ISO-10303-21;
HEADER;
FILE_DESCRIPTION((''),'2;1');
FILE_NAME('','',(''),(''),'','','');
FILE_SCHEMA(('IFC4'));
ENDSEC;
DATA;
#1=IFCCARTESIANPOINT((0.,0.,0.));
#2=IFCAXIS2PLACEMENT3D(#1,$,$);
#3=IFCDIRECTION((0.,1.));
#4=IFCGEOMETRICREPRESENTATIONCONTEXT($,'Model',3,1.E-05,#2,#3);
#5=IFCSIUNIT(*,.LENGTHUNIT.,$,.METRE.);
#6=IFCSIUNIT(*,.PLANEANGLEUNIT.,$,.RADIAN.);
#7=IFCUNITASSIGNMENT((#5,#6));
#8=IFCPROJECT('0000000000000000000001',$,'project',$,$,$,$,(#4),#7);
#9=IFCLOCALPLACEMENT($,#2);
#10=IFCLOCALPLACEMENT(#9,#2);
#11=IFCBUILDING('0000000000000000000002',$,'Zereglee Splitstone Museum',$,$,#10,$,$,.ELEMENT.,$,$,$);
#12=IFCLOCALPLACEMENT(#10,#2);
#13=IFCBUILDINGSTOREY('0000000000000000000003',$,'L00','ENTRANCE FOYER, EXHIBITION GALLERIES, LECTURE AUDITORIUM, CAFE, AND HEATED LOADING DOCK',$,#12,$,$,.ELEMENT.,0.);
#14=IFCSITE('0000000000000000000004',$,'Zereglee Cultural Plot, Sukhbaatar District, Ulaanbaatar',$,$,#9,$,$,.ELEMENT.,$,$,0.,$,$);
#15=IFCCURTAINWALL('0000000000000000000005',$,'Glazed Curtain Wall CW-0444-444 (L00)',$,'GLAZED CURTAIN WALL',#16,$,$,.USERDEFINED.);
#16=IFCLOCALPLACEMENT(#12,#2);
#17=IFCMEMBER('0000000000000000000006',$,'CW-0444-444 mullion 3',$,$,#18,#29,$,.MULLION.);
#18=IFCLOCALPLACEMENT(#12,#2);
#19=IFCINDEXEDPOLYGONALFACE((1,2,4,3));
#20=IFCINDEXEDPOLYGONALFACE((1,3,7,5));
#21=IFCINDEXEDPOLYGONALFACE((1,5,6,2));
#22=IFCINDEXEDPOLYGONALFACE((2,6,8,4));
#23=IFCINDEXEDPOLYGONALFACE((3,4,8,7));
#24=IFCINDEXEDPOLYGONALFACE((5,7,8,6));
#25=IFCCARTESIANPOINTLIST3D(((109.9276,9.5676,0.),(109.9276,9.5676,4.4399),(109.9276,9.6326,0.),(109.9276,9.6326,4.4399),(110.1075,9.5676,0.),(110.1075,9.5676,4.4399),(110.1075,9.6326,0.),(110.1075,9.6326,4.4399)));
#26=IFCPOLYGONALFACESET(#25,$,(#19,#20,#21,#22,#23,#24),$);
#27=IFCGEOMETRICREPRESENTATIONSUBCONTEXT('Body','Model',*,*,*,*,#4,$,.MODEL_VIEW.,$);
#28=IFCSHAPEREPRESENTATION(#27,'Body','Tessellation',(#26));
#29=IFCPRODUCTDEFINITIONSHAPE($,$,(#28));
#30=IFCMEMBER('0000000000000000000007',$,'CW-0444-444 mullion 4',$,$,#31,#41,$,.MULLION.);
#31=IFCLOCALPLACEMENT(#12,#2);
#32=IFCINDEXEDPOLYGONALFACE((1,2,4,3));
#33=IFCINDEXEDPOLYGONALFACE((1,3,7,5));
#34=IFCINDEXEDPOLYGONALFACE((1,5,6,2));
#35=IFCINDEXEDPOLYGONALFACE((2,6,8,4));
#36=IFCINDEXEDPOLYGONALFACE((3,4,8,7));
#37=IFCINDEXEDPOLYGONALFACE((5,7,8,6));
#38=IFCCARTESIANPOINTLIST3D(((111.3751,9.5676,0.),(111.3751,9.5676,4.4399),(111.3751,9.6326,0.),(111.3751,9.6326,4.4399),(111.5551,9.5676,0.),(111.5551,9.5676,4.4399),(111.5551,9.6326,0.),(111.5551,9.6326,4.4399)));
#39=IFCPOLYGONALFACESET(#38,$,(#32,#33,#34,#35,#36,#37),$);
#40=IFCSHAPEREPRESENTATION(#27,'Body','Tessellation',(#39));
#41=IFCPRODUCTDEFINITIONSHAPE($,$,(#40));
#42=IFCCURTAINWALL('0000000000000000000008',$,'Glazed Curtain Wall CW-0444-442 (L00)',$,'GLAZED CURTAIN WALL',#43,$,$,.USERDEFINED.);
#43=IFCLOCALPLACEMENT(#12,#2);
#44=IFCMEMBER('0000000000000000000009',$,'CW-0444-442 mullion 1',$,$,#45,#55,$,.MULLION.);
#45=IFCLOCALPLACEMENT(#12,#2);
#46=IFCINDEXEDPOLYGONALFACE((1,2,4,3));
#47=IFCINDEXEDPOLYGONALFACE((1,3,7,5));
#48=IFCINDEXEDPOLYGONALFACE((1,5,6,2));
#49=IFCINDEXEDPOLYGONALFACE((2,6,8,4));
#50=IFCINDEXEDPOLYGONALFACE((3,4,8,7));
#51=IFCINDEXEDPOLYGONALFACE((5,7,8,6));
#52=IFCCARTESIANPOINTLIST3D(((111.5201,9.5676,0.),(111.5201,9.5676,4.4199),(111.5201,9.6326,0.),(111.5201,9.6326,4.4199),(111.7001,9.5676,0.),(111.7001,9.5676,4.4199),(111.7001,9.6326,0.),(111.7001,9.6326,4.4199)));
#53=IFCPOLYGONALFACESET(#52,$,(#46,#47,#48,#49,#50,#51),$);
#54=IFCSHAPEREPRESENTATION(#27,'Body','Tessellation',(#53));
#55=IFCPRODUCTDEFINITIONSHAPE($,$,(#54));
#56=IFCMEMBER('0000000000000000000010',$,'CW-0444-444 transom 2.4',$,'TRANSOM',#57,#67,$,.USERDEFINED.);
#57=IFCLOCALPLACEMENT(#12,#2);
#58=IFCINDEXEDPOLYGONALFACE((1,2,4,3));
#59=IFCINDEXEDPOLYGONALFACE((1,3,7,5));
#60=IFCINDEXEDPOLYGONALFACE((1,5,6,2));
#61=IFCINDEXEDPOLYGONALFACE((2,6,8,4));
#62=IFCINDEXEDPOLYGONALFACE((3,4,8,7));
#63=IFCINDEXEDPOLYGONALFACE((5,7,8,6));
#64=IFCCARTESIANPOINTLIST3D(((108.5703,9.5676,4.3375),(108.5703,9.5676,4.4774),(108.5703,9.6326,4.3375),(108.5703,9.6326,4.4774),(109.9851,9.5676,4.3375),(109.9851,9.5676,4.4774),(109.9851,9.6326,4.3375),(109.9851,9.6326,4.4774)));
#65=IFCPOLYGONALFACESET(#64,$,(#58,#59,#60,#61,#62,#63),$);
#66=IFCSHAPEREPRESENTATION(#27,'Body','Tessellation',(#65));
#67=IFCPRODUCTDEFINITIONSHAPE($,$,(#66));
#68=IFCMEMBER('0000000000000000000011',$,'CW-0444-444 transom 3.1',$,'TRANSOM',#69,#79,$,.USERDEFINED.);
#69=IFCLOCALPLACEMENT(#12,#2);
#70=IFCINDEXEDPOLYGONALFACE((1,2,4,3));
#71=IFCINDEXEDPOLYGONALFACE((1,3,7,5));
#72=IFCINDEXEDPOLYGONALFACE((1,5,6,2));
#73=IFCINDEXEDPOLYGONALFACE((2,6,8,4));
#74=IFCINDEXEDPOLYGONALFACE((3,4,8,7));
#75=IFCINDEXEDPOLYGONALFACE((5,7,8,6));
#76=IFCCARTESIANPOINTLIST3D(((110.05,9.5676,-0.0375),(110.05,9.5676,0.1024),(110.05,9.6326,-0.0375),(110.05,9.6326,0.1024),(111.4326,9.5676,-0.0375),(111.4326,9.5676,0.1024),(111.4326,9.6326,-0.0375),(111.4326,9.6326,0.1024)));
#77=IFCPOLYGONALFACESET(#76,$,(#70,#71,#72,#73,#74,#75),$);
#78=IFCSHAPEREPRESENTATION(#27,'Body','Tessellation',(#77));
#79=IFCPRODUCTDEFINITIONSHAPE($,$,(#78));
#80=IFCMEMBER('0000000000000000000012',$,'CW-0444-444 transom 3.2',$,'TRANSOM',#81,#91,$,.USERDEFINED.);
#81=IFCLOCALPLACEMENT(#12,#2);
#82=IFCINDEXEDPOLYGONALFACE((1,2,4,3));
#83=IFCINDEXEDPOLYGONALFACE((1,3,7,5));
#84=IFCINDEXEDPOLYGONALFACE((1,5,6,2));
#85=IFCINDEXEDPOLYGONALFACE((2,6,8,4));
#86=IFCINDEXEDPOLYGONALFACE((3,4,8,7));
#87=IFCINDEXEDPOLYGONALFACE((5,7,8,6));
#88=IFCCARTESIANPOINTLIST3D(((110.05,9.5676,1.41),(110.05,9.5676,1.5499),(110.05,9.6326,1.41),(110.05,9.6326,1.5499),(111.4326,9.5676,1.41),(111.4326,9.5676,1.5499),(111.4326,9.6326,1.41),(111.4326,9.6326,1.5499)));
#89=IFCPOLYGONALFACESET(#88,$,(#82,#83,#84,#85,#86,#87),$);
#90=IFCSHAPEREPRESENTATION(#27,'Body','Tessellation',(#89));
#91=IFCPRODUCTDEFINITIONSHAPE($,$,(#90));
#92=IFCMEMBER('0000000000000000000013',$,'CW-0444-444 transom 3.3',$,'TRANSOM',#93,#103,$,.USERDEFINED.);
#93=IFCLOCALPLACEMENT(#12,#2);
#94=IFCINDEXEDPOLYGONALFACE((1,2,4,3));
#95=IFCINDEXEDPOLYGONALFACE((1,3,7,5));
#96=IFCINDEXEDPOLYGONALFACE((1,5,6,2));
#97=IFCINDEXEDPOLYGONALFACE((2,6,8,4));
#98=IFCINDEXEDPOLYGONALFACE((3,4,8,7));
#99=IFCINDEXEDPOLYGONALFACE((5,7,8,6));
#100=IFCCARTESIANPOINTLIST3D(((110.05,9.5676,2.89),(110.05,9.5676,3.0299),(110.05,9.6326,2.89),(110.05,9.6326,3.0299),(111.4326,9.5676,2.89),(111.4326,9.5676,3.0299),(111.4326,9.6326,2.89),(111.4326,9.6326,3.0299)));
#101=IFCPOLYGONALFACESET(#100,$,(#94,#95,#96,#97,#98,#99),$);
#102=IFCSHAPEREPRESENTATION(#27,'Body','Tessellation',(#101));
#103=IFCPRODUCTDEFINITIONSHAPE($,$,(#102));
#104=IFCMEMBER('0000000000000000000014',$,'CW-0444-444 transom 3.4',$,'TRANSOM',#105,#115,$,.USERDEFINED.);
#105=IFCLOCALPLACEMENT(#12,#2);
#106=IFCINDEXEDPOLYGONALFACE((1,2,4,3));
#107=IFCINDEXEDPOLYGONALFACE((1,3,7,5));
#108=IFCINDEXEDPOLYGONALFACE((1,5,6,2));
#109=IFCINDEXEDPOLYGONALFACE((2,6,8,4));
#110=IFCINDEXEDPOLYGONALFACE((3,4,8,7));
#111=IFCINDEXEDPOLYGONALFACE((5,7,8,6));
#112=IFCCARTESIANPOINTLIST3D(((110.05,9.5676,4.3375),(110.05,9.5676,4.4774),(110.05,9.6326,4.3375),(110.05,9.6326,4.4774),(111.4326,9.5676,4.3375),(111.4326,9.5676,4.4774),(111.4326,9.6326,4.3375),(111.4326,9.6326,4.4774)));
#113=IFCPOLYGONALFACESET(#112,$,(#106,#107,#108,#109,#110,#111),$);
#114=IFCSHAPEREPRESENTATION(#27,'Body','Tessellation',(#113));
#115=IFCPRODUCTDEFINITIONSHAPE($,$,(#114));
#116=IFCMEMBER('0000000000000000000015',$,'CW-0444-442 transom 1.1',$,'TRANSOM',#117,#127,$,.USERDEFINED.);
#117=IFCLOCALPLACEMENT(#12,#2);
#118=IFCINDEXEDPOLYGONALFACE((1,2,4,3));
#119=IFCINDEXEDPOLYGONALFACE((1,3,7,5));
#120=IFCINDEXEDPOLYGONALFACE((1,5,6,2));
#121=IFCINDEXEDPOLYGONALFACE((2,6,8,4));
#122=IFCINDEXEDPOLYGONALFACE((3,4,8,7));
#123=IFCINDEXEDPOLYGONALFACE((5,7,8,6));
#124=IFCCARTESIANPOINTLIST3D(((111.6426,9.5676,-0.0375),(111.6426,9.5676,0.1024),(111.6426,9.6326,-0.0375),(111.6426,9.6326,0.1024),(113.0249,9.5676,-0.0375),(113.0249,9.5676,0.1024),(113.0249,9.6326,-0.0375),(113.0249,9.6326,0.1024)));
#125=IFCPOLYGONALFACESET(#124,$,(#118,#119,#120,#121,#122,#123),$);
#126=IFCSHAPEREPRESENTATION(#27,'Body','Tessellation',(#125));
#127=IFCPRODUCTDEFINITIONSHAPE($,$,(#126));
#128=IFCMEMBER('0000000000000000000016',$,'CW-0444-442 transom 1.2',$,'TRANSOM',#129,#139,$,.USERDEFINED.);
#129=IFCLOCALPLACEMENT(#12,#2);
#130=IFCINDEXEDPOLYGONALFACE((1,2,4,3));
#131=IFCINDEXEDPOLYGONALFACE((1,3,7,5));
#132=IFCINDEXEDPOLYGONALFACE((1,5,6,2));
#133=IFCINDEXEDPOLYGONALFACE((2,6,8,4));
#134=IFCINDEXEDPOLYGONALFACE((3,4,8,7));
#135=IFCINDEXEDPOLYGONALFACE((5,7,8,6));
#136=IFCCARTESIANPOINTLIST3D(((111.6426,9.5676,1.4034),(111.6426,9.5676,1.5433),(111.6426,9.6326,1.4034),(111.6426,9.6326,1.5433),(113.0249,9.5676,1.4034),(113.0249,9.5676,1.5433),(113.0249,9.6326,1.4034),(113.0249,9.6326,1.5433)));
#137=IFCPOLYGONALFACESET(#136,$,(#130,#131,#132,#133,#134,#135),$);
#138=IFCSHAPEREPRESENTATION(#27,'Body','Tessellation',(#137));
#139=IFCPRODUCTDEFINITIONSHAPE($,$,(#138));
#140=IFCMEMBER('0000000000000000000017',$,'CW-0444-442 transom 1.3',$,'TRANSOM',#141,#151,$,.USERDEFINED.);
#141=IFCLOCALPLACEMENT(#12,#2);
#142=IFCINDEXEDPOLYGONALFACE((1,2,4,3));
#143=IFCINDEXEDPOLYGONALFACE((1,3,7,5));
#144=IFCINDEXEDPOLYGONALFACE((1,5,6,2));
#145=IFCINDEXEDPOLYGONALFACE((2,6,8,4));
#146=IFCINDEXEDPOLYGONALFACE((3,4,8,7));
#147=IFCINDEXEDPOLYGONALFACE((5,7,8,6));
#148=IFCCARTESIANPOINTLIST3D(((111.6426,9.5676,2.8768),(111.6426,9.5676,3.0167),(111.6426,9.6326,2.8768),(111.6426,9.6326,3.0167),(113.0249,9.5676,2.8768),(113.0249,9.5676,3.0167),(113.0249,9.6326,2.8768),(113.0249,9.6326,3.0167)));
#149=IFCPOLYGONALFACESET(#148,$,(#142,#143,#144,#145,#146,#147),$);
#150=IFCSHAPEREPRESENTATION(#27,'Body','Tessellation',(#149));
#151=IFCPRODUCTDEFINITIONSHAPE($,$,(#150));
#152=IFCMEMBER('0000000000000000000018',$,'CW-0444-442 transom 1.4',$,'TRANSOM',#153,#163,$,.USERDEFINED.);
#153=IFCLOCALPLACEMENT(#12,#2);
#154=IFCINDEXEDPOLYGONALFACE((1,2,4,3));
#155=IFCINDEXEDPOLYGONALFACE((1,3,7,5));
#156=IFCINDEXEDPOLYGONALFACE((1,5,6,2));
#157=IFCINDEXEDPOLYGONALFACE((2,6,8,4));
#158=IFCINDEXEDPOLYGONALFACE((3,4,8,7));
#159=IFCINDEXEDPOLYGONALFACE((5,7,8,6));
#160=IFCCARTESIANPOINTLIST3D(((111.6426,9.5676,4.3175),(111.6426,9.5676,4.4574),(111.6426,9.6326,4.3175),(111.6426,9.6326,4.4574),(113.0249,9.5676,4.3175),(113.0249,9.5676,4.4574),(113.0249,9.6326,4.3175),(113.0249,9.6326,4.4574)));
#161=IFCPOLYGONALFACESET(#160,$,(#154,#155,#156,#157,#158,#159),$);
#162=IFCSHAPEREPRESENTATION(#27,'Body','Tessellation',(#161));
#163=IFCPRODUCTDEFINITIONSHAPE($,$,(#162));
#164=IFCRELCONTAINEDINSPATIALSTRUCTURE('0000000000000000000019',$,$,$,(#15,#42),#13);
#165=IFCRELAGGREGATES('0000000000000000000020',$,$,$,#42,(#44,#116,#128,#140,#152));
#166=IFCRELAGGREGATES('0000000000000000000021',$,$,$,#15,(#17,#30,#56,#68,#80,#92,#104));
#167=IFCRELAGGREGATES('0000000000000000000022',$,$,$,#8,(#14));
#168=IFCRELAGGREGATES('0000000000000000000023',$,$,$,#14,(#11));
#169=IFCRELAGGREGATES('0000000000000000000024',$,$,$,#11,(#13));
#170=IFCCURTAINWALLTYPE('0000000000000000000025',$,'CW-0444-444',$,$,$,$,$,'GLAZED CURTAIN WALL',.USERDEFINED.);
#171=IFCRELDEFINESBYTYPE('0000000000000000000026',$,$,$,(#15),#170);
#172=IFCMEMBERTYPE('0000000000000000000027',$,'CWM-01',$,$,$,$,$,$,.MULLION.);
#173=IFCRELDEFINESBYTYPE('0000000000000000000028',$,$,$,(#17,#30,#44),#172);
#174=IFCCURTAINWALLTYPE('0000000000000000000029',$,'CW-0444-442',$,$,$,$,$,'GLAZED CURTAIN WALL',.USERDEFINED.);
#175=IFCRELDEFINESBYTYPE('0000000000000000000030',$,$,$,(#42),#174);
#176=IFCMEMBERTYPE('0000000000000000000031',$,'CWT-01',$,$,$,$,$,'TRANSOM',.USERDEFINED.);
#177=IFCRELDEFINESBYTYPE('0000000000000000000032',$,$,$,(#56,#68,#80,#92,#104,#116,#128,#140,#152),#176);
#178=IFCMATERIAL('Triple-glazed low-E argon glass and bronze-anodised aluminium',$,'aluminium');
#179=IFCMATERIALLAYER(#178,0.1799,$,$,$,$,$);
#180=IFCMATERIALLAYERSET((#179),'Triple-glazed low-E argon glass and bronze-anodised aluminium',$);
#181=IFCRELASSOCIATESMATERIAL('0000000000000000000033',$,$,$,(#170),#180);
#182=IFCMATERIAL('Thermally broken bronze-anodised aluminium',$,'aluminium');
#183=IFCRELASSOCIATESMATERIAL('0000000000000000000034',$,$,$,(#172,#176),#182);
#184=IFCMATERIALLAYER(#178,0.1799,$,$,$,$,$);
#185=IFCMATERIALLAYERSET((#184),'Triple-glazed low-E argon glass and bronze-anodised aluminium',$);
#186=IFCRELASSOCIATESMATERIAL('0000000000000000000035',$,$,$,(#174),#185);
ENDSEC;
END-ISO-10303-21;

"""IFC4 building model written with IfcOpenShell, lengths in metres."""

from ifc_helpers import new_model, si_unit, direction, frame, origin, origin_2d, place, context, subcontext, project, spatial, rectangle, extrude, material, layer, layer_set, material_profile, profile_set, type_object, element, aggregate, save


model = new_model("IFC4")

# Units and contexts
model_context = context("Model", 3, precision=1e-05, world=origin(), true_north=direction((0.0, 1.0)))
body_context = subcontext(model_context, "Body", "Model", "MODEL_VIEW")
ifc_project = project(units=[si_unit("LENGTHUNIT", "METRE"), si_unit("PLANEANGLEUNIT", "RADIAN")], contexts=[model_context])

# Site, building, storey
site_placement = place(None, origin())
site = spatial("IfcSite", under=ifc_project, at=site_placement, Name="Zereglee Cultural Plot, Sukhbaatar District, Ulaanbaatar", CompositionType="ELEMENT", RefElevation=0.0)
building_placement = place(site_placement, origin())
building = spatial("IfcBuilding", under=site, at=building_placement, Name="Zereglee Splitstone Museum", CompositionType="ELEMENT")
storey_placement = place(building_placement, origin())
storey = spatial("IfcBuildingStorey", under=building, at=storey_placement, Name="L00", Description="ENTRANCE FOYER, EXHIBITION GALLERIES, LECTURE AUDITORIUM, CAFE, AND HEATED LOADING DOCK", CompositionType="ELEMENT", Elevation=0.0)

# Curtain wall, members
ifc_material_1 = material(Name="Triple-glazed low-E argon glass and bronze-anodised aluminium", Category="aluminium")
ifc_layer_1 = layer(ifc_material_1, 0.1799)
ifc_layer_set_1 = layer_set([ifc_layer_1], Name="Triple-glazed low-E argon glass and bronze-anodised aluminium")
curtain_wall_type_1 = type_object("IfcCurtainWallType", Name="CW-0444-444", ElementType="GLAZED CURTAIN WALL", PredefinedType="USERDEFINED", material=ifc_layer_set_1)
curtain_wall_1_placement = place(storey_placement, origin())
curtain_wall_1 = element("IfcCurtainWall", 1, at=curtain_wall_1_placement, inside=storey, type_object=curtain_wall_type_1, Name="Glazed Curtain Wall CW-0444-444 (L00)", ObjectType="GLAZED CURTAIN WALL", PredefinedType="USERDEFINED")
ifc_material_2 = material(Name="Thermally broken bronze-anodised aluminium", Category="aluminium")
ifc_material_profile_1 = material_profile(ifc_material_2, rectangle(XDim=0.0649, YDim=0.1799, at=origin_2d()), Name="CW MULL 65x180")
ifc_profile_set_1 = profile_set([ifc_material_profile_1], Name="Thermally broken bronze-anodised aluminium")
member_type_1 = type_object("IfcMemberType", Name="CWM-01", PredefinedType="MULLION", material=ifc_profile_set_1)
member_1_placement = place(storey_placement, frame((110.0176, 9.6001, 0.0), z_axis=(0.0, 0.0, 1.0), x_axis=(0.0, 1.0, 0.0)))
member_1 = element("IfcMember", 2, at=member_1_placement, type_object=member_type_1, Name="CW-0444-444 mullion 3", PredefinedType="MULLION", context=body_context, shape_type="SweptSolid", body=[
    extrude(rectangle(XDim=0.0649, YDim=0.1799, at=origin_2d()), origin(), (0.0, 0.0, 1.0), 4.4399),
])
member_2_placement = place(storey_placement, frame((111.4651, 9.6001, 0.0), z_axis=(0.0, 0.0, 1.0), x_axis=(0.0, 1.0, 0.0)))
member_2 = element("IfcMember", 3, at=member_2_placement, type_object=member_type_1, Name="CW-0444-444 mullion 4", PredefinedType="MULLION", context=body_context, shape_type="SweptSolid", body=[
    extrude(rectangle(XDim=0.0649, YDim=0.1799, at=origin_2d()), origin(), (0.0, 0.0, 1.0), 4.4399),
])

# Curtain wall, member
ifc_layer_2 = layer(ifc_material_1, 0.1799)
ifc_layer_set_2 = layer_set([ifc_layer_2], Name="Triple-glazed low-E argon glass and bronze-anodised aluminium")
curtain_wall_type_2 = type_object("IfcCurtainWallType", Name="CW-0444-442", ElementType="GLAZED CURTAIN WALL", PredefinedType="USERDEFINED", material=ifc_layer_set_2)
curtain_wall_2_placement = place(storey_placement, origin())
curtain_wall_2 = element("IfcCurtainWall", 4, at=curtain_wall_2_placement, inside=storey, type_object=curtain_wall_type_2, Name="Glazed Curtain Wall CW-0444-442 (L00)", ObjectType="GLAZED CURTAIN WALL", PredefinedType="USERDEFINED")
member_3_placement = place(storey_placement, frame((111.6101, 9.6001, 0.0), z_axis=(0.0, 0.0, 1.0), x_axis=(0.0, 1.0, 0.0)))
member_3 = element("IfcMember", 5, at=member_3_placement, type_object=member_type_1, Name="CW-0444-442 mullion 1", PredefinedType="MULLION", context=body_context, shape_type="SweptSolid", body=[
    extrude(rectangle(XDim=0.0649, YDim=0.1799, at=origin_2d()), origin(), (0.0, 0.0, 1.0), 4.4199),
])

# Members
ifc_material_profile_2 = material_profile(ifc_material_2, rectangle(XDim=0.0649, YDim=0.1399, at=origin_2d()), Name="CW TRAN 65x140")
ifc_profile_set_2 = profile_set([ifc_material_profile_2], Name="Thermally broken bronze-anodised aluminium")
member_type_2 = type_object("IfcMemberType", Name="CWT-01", ElementType="TRANSOM", PredefinedType="USERDEFINED", material=ifc_profile_set_2)
member_4_placement = place(storey_placement, frame((108.5703, 9.6001, 4.4075), z_axis=(1.0, 0.0, 0.0), x_axis=(0.0, 1.0, 0.0)))
member_4 = element("IfcMember", 6, at=member_4_placement, type_object=member_type_2, Name="CW-0444-444 transom 2.4", ObjectType="TRANSOM", PredefinedType="USERDEFINED", context=body_context, shape_type="SweptSolid", body=[
    extrude(rectangle(XDim=0.0649, YDim=0.1399, at=origin_2d()), origin(), (0.0, 0.0, 1.0), 1.4148),
])
member_5_placement = place(storey_placement, frame((110.05, 9.6001, 0.0325), z_axis=(1.0, 0.0, 0.0), x_axis=(0.0, 1.0, 0.0)))
member_5 = element("IfcMember", 7, at=member_5_placement, type_object=member_type_2, Name="CW-0444-444 transom 3.1", ObjectType="TRANSOM", PredefinedType="USERDEFINED", context=body_context, shape_type="SweptSolid", body=[
    extrude(rectangle(XDim=0.0649, YDim=0.1399, at=origin_2d()), origin(), (0.0, 0.0, 1.0), 1.3826),
])
member_6_placement = place(storey_placement, frame((110.05, 9.6001, 1.48), z_axis=(1.0, 0.0, 0.0), x_axis=(0.0, 1.0, 0.0)))
member_6 = element("IfcMember", 8, at=member_6_placement, type_object=member_type_2, Name="CW-0444-444 transom 3.2", ObjectType="TRANSOM", PredefinedType="USERDEFINED", context=body_context, shape_type="SweptSolid", body=[
    extrude(rectangle(XDim=0.0649, YDim=0.1399, at=origin_2d()), origin(), (0.0, 0.0, 1.0), 1.3826),
])
member_7_placement = place(storey_placement, frame((110.05, 9.6001, 2.96), z_axis=(1.0, 0.0, 0.0), x_axis=(0.0, 1.0, 0.0)))
member_7 = element("IfcMember", 9, at=member_7_placement, type_object=member_type_2, Name="CW-0444-444 transom 3.3", ObjectType="TRANSOM", PredefinedType="USERDEFINED", context=body_context, shape_type="SweptSolid", body=[
    extrude(rectangle(XDim=0.0649, YDim=0.1399, at=origin_2d()), origin(), (0.0, 0.0, 1.0), 1.3826),
])
member_8_placement = place(storey_placement, frame((110.05, 9.6001, 4.4075), z_axis=(1.0, 0.0, 0.0), x_axis=(0.0, 1.0, 0.0)))
member_8 = element("IfcMember", 10, at=member_8_placement, type_object=member_type_2, Name="CW-0444-444 transom 3.4", ObjectType="TRANSOM", PredefinedType="USERDEFINED", context=body_context, shape_type="SweptSolid", body=[
    extrude(rectangle(XDim=0.0649, YDim=0.1399, at=origin_2d()), origin(), (0.0, 0.0, 1.0), 1.3826),
])
member_9_placement = place(storey_placement, frame((111.6426, 9.6001, 0.0325), z_axis=(1.0, 0.0, 0.0), x_axis=(0.0, 1.0, 0.0)))
member_9 = element("IfcMember", 11, at=member_9_placement, type_object=member_type_2, Name="CW-0444-442 transom 1.1", ObjectType="TRANSOM", PredefinedType="USERDEFINED", context=body_context, shape_type="SweptSolid", body=[
    extrude(rectangle(XDim=0.0649, YDim=0.1399, at=origin_2d()), origin(), (0.0, 0.0, 1.0), 1.3823),
])
member_10_placement = place(storey_placement, frame((111.6426, 9.6001, 1.4734), z_axis=(1.0, 0.0, 0.0), x_axis=(0.0, 1.0, 0.0)))
member_10 = element("IfcMember", 12, at=member_10_placement, type_object=member_type_2, Name="CW-0444-442 transom 1.2", ObjectType="TRANSOM", PredefinedType="USERDEFINED", context=body_context, shape_type="SweptSolid", body=[
    extrude(rectangle(XDim=0.0649, YDim=0.1399, at=origin_2d()), origin(), (0.0, 0.0, 1.0), 1.3823),
])
member_11_placement = place(storey_placement, frame((111.6426, 9.6001, 2.9468), z_axis=(1.0, 0.0, 0.0), x_axis=(0.0, 1.0, 0.0)))
member_11 = element("IfcMember", 13, at=member_11_placement, type_object=member_type_2, Name="CW-0444-442 transom 1.3", ObjectType="TRANSOM", PredefinedType="USERDEFINED", context=body_context, shape_type="SweptSolid", body=[
    extrude(rectangle(XDim=0.0649, YDim=0.1399, at=origin_2d()), origin(), (0.0, 0.0, 1.0), 1.3823),
])
member_12_placement = place(storey_placement, frame((111.6426, 9.6001, 4.3875), z_axis=(1.0, 0.0, 0.0), x_axis=(0.0, 1.0, 0.0)))
member_12 = element("IfcMember", 14, at=member_12_placement, type_object=member_type_2, Name="CW-0444-442 transom 1.4", ObjectType="TRANSOM", PredefinedType="USERDEFINED", context=body_context, shape_type="SweptSolid", body=[
    extrude(rectangle(XDim=0.0649, YDim=0.1399, at=origin_2d()), origin(), (0.0, 0.0, 1.0), 1.3823),
])
aggregate(curtain_wall_2, [member_3, member_9, member_10, member_11, member_12])

aggregate(curtain_wall_1, [member_1, member_2, member_4, member_5, member_6, member_7, member_8])

save(model, "model.ifc")
